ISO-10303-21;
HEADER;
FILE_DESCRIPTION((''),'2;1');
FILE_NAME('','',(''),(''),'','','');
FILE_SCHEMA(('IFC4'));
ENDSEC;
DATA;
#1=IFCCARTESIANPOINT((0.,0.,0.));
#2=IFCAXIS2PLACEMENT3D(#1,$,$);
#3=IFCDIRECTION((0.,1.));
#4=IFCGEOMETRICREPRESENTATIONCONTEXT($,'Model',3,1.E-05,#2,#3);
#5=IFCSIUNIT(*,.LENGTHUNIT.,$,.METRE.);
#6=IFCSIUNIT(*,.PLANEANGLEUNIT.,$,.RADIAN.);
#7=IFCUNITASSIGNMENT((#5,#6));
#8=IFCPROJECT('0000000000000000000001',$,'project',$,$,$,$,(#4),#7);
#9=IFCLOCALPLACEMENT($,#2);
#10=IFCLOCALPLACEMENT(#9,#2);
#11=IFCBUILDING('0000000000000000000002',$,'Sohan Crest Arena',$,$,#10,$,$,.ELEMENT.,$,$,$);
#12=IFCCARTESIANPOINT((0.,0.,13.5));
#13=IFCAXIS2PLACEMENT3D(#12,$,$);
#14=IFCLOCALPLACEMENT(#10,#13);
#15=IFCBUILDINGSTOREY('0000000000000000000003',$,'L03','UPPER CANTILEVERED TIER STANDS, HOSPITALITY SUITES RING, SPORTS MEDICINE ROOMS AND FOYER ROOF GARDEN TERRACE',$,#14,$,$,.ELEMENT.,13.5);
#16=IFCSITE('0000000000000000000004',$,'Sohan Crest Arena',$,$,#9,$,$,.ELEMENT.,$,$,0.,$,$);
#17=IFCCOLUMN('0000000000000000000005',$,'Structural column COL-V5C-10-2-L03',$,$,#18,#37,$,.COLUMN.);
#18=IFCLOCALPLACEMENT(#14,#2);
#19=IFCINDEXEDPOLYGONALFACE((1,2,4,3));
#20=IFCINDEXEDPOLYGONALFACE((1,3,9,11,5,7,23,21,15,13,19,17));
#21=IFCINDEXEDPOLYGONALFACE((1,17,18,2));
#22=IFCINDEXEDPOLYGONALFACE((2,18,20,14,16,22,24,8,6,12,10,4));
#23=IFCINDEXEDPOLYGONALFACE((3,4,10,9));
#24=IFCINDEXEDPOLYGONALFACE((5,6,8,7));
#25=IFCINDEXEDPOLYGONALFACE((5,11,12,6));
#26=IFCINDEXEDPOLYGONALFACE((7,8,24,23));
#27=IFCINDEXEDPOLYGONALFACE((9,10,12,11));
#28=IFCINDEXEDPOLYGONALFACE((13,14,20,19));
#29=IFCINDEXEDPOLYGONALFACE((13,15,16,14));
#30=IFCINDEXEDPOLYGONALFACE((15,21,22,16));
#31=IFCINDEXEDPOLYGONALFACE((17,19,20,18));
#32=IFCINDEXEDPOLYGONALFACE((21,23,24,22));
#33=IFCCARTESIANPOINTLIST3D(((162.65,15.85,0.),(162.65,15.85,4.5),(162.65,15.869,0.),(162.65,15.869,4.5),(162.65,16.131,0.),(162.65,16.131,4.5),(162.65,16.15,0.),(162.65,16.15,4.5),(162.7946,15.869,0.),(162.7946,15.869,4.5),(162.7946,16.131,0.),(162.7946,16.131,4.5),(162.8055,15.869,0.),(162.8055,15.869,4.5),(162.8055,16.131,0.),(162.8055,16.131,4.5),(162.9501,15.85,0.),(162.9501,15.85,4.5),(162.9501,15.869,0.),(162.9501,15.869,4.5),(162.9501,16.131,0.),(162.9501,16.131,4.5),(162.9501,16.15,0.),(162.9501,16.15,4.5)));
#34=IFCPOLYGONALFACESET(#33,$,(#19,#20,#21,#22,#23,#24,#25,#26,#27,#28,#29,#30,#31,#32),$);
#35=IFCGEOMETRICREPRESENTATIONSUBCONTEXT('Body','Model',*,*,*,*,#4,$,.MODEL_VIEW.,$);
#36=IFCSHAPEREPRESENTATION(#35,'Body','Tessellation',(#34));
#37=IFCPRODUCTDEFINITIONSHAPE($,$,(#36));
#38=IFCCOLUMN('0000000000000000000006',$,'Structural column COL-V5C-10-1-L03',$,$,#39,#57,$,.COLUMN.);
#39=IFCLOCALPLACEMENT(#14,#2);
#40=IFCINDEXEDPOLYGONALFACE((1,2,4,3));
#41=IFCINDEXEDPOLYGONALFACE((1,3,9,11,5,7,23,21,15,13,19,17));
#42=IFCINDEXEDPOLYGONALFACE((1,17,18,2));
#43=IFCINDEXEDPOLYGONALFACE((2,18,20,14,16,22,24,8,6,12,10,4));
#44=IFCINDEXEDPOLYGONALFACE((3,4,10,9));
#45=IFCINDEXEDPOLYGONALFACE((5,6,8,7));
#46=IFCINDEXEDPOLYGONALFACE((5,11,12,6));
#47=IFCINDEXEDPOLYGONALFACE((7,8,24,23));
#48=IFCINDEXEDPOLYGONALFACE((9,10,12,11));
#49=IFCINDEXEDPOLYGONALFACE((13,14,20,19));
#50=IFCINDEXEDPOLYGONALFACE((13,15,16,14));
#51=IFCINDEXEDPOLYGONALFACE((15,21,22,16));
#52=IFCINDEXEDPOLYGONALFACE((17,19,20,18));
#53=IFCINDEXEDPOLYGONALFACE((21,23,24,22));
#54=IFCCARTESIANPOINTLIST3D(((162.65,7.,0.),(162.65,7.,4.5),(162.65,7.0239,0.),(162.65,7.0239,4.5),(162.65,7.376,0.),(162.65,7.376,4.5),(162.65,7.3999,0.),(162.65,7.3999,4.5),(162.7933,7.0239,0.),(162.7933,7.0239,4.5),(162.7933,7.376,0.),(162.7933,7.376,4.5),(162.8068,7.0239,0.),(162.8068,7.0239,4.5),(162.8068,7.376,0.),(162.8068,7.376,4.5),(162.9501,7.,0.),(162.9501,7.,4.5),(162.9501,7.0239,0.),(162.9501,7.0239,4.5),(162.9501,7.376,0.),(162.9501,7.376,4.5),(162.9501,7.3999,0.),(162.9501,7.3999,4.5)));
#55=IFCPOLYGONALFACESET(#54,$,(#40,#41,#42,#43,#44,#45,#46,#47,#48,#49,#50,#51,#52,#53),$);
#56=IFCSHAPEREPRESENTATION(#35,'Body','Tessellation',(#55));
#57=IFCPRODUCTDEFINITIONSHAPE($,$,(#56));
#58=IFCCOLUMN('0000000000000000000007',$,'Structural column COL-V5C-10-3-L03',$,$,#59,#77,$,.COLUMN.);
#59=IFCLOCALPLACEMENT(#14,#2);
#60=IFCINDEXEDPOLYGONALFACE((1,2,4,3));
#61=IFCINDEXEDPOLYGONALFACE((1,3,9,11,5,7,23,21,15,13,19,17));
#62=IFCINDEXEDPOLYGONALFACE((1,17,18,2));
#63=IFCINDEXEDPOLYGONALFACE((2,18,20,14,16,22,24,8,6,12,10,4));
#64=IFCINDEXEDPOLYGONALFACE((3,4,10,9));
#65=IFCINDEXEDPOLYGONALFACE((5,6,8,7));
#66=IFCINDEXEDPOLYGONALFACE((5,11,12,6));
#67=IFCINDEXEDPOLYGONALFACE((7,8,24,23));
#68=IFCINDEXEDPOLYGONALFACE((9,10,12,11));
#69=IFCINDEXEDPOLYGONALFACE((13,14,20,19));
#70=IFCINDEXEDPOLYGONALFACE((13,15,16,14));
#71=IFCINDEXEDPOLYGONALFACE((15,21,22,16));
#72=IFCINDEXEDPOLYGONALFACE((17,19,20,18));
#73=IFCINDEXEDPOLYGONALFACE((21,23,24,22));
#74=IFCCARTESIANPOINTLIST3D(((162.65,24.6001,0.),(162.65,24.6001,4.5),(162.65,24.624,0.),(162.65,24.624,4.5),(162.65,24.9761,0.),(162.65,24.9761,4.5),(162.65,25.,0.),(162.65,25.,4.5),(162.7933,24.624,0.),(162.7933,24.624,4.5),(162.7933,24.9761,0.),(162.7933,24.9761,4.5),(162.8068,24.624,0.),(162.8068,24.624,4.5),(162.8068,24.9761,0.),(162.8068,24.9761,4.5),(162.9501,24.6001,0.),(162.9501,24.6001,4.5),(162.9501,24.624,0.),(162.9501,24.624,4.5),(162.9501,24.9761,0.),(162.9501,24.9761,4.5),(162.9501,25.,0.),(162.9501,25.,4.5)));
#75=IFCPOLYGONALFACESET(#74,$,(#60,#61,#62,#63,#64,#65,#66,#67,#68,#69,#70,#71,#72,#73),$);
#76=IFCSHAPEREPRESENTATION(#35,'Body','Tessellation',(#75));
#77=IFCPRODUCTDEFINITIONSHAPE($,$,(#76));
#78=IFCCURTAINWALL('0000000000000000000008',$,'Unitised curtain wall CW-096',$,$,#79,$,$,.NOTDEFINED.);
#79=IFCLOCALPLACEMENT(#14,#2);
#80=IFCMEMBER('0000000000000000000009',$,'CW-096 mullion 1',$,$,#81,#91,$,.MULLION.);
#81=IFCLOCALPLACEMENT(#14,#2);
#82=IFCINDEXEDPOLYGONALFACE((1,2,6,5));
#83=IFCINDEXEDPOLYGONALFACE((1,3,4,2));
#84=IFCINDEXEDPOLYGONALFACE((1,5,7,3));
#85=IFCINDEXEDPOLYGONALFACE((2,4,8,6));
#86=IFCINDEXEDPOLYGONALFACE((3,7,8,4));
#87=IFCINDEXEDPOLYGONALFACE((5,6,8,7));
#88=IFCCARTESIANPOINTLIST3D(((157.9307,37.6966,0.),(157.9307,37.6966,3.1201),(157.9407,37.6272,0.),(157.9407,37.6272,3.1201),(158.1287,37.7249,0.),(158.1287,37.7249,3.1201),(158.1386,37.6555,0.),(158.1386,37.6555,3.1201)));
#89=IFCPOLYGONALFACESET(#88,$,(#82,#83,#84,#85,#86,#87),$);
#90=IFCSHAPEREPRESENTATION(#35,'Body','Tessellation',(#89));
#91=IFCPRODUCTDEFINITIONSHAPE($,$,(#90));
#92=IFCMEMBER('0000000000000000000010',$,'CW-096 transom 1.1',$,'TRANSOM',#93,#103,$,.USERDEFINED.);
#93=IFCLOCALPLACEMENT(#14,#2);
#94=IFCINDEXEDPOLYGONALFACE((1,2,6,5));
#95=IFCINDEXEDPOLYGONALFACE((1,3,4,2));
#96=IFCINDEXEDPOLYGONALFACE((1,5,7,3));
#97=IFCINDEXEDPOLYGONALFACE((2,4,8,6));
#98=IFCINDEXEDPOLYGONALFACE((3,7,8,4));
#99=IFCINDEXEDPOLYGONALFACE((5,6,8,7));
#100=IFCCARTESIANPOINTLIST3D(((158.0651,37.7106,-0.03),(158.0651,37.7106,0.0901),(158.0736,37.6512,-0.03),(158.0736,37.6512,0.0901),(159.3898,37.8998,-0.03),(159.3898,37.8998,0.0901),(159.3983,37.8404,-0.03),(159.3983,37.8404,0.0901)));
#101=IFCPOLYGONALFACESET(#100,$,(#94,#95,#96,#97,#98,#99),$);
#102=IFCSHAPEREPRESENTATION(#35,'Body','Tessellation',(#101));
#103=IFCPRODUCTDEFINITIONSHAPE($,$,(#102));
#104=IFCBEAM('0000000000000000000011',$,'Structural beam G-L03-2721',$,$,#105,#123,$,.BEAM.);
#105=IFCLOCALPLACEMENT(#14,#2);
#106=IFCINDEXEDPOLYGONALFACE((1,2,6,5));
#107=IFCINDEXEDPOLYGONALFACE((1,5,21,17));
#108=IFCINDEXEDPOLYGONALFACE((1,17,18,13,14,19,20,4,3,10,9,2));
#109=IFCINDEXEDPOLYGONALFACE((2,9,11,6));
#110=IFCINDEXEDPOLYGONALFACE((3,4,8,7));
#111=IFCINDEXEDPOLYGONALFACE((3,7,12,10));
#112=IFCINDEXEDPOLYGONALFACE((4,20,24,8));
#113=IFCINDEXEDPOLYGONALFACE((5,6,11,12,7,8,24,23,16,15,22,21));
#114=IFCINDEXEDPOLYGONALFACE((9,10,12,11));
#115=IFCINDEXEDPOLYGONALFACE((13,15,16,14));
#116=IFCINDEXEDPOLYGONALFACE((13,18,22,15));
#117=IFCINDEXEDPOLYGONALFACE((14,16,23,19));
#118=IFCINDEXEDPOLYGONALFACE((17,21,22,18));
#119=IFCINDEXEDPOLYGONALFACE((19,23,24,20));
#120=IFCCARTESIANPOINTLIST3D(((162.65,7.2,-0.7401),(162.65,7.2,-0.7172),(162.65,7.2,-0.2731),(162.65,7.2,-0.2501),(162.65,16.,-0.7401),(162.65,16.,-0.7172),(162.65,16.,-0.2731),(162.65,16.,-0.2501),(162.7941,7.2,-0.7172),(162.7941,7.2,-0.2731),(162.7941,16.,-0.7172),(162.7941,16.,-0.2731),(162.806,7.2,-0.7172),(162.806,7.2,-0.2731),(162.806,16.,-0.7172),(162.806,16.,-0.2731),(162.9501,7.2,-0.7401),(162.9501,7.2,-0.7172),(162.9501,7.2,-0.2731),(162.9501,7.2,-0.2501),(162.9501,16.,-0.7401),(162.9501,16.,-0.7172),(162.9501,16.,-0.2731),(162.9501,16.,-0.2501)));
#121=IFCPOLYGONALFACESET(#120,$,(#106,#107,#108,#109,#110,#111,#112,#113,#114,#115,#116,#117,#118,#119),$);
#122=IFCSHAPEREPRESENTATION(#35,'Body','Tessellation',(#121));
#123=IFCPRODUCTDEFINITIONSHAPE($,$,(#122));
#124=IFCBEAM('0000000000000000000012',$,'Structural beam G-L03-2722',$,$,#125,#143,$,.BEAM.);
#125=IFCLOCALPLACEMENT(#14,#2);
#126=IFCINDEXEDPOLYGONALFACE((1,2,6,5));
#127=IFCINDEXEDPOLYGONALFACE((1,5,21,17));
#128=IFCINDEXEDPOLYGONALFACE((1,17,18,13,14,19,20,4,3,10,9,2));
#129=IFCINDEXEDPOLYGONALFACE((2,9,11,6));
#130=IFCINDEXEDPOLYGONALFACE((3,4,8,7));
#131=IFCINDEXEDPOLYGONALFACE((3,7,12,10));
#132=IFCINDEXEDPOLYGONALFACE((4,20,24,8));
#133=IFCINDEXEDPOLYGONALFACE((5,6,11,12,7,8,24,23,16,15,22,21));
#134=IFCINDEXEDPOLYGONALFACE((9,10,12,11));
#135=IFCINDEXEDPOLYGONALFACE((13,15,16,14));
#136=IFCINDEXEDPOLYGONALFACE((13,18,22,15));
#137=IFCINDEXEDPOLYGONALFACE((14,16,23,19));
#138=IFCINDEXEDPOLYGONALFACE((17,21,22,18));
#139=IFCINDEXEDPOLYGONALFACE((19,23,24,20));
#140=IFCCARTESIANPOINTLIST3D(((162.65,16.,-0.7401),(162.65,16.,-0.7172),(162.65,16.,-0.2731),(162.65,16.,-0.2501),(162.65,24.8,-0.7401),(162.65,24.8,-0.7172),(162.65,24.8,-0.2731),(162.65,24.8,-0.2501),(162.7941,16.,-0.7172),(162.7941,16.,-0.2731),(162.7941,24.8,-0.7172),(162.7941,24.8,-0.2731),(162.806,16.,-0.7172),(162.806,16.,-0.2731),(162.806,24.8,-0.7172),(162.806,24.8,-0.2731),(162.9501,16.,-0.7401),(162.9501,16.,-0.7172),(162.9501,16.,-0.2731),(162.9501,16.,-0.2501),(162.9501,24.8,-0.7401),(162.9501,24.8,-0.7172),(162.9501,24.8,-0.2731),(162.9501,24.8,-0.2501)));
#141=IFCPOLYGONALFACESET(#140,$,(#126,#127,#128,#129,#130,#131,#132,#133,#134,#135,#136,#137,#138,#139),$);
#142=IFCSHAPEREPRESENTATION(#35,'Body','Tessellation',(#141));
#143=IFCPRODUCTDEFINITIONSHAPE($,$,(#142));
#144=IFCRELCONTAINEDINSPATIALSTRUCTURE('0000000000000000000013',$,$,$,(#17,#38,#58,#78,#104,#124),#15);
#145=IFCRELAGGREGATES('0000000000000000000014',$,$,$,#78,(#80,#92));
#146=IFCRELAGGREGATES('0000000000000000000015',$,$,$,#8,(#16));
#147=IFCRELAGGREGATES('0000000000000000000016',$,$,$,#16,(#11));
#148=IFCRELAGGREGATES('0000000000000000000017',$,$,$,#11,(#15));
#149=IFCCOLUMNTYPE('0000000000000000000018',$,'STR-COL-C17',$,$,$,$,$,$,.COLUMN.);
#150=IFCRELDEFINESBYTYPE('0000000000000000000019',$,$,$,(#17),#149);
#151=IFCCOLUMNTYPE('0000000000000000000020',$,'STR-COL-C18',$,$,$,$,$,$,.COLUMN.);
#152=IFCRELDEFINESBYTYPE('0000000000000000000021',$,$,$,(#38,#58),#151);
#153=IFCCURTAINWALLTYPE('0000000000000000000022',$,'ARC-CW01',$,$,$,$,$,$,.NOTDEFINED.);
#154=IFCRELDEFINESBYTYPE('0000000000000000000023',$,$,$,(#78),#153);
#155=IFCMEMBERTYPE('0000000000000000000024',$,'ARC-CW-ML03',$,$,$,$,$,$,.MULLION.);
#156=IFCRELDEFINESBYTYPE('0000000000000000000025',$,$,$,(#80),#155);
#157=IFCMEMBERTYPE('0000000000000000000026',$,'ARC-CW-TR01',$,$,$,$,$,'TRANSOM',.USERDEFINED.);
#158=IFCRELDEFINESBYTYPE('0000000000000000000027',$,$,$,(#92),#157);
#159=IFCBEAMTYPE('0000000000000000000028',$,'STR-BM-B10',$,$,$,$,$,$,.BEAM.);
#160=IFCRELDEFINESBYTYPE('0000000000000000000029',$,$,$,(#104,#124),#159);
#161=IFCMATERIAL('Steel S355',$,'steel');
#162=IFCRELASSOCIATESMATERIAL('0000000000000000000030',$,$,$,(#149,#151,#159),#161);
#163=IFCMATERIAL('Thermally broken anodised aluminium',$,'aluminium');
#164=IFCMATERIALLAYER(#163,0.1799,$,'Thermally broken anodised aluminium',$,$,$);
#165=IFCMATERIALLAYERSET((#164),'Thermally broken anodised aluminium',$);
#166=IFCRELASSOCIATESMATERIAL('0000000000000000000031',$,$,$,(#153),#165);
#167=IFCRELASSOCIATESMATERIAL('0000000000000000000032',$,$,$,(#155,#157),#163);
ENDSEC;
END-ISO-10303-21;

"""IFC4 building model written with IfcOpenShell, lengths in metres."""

from ifc_helpers import new_model, si_unit, direction, frame, origin, origin_2d, place, context, subcontext, project, spatial, rectangle, i_section, extrude, material, layer, layer_set, material_profile, profile_set, type_object, element, aggregate, save


model = new_model("IFC4")

# Units and contexts
model_context = context("Model", 3, precision=1e-05, world=origin(), true_north=direction((0.0, 1.0)))
body_context = subcontext(model_context, "Body", "Model", "MODEL_VIEW")
ifc_project = project(units=[si_unit("LENGTHUNIT", "METRE"), si_unit("PLANEANGLEUNIT", "RADIAN")], contexts=[model_context])

# Site, building, storey
site_placement = place(None, origin())
site = spatial("IfcSite", under=ifc_project, at=site_placement, Name="Sohan Crest Arena", CompositionType="ELEMENT", RefElevation=0.0)
building_placement = place(site_placement, origin())
building = spatial("IfcBuilding", under=site, at=building_placement, Name="Sohan Crest Arena", CompositionType="ELEMENT")
storey_placement = place(building_placement, frame((0.0, 0.0, 13.5)))
storey = spatial("IfcBuildingStorey", under=building, at=storey_placement, Name="L03", Description="UPPER CANTILEVERED TIER STANDS, HOSPITALITY SUITES RING, SPORTS MEDICINE ROOMS AND FOYER ROOF GARDEN TERRACE", CompositionType="ELEMENT", Elevation=13.5)

# Columns
ifc_material_1 = material(Name="Steel S355", Category="steel")
ifc_material_profile_1 = material_profile(ifc_material_1, i_section(OverallWidth=0.3, OverallDepth=0.3, WebThickness=0.011, FlangeThickness=0.019, at=origin_2d()), Name="HEB 300")
ifc_profile_set_1 = profile_set([ifc_material_profile_1], Name="Steel S355")
column_type_1 = type_object("IfcColumnType", Name="STR-COL-C17", PredefinedType="COLUMN", material=ifc_profile_set_1)
column_placement = place(storey_placement, frame((162.8, 16.0, 0.0), z_axis=(0.0, 0.0, 1.0), x_axis=(1.0, 0.0, 0.0)))
element("IfcColumn", 1, at=column_placement, inside=storey, type_object=column_type_1, Name="Structural column COL-V5C-10-2-L03", PredefinedType="COLUMN", context=body_context, shape_type="SweptSolid", body=[
    extrude(i_section(OverallWidth=0.3, OverallDepth=0.3, WebThickness=0.011, FlangeThickness=0.019, at=origin_2d()), origin(), (0.0, 0.0, 1.0), 4.5),
])
ifc_material_profile_2 = material_profile(ifc_material_1, i_section(OverallWidth=0.3, OverallDepth=0.3999, WebThickness=0.0134, FlangeThickness=0.0239, at=origin_2d()), Name="HEB 400")
ifc_profile_set_2 = profile_set([ifc_material_profile_2], Name="Steel S355")
column_type_2 = type_object("IfcColumnType", Name="STR-COL-C18", PredefinedType="COLUMN", material=ifc_profile_set_2)
for number, where, z_axis, x_axis, name in (
    (2, (162.8, 7.2, 0.0), (0.0, 0.0, 1.0), (1.0, 0.0, 0.0), "Structural column COL-V5C-10-1-L03"),
    (3, (162.8, 24.8, 0.0), (0.0, 0.0, 1.0), (1.0, 0.0, 0.0), "Structural column COL-V5C-10-3-L03"),
):
    element("IfcColumn", number, at=place(storey_placement, frame(where, z_axis=z_axis, x_axis=x_axis)), inside=storey, type_object=column_type_2, Name=name, PredefinedType="COLUMN", context=body_context, shape_type="SweptSolid", body=[
        extrude(i_section(OverallWidth=0.3, OverallDepth=0.3999, WebThickness=0.0134, FlangeThickness=0.0239, at=origin_2d()), origin(), (0.0, 0.0, 1.0), 4.5),
    ])

# Curtain wall, members
ifc_material_2 = material(Name="Thermally broken anodised aluminium", Category="aluminium")
ifc_layer_1 = layer(ifc_material_2, 0.1799, Name="Thermally broken anodised aluminium")
ifc_layer_set_1 = layer_set([ifc_layer_1], Name="Thermally broken anodised aluminium")
curtain_wall_type = type_object("IfcCurtainWallType", Name="ARC-CW01", PredefinedType="NOTDEFINED", material=ifc_layer_set_1)
curtain_wall_placement = place(storey_placement, origin())
curtain_wall = element("IfcCurtainWall", 4, at=curtain_wall_placement, inside=storey, type_object=curtain_wall_type, Name="Unitised curtain wall CW-096", PredefinedType="NOTDEFINED")
ifc_material_profile_3 = material_profile(ifc_material_2, rectangle(XDim=0.0701, YDim=0.2, at=origin_2d()), Name="ALU-MULL 70x200")
ifc_profile_set_3 = profile_set([ifc_material_profile_3], Name="Thermally broken anodised aluminium")
member_type_1 = type_object("IfcMemberType", Name="ARC-CW-ML03", PredefinedType="MULLION", material=ifc_profile_set_3)
member_1_placement = place(storey_placement, frame((158.0347, 37.676, 0.0), z_axis=(0.0, 0.0, 1.0), x_axis=(-0.141463, 0.989944, 0.0)))
member_1 = element("IfcMember", 5, at=member_1_placement, type_object=member_type_1, Name="CW-096 mullion 1", PredefinedType="MULLION", context=body_context, shape_type="SweptSolid", body=[
    extrude(rectangle(XDim=0.0701, YDim=0.2, at=origin_2d()), origin(), (0.0, 0.0, 1.0), 3.1201),
])
ifc_material_profile_4 = material_profile(ifc_material_2, rectangle(XDim=0.0601, YDim=0.1201, at=origin_2d()), Name="ALU-TRAN 60x120")
ifc_profile_set_4 = profile_set([ifc_material_profile_4], Name="Thermally broken anodised aluminium")
member_type_2 = type_object("IfcMemberType", Name="ARC-CW-TR01", ElementType="TRANSOM", PredefinedType="USERDEFINED", material=ifc_profile_set_4)
member_2_placement = place(storey_placement, frame((158.0693, 37.6809, 0.03), z_axis=(0.989953, 0.141396, 0.0), x_axis=(-0.141396, 0.989953, 0.0)))
member_2 = element("IfcMember", 6, at=member_2_placement, type_object=member_type_2, Name="CW-096 transom 1.1", ObjectType="TRANSOM", PredefinedType="USERDEFINED", context=body_context, shape_type="SweptSolid", body=[
    extrude(rectangle(XDim=0.0601, YDim=0.1201, at=origin_2d()), origin(), (0.0, 0.0, 1.0), 1.3381),
])
aggregate(curtain_wall, [member_1, member_2])

# Beams
ifc_material_profile_5 = material_profile(ifc_material_1, i_section(OverallWidth=0.3, OverallDepth=0.49, WebThickness=0.012, FlangeThickness=0.0229, at=origin_2d()), Name="HEA 500")
ifc_profile_set_5 = profile_set([ifc_material_profile_5], Name="Steel S355")
beam_type = type_object("IfcBeamType", Name="STR-BM-B10", PredefinedType="BEAM", material=ifc_profile_set_5)
for number, where, z_axis, x_axis, name in (
    (7, (162.8, 7.2, -0.4951), (0.0, 1.0, 0.0), (-1.0, 0.0, 0.0), "Structural beam G-L03-2721"),
    (8, (162.8, 16.0, -0.4951), (0.0, 1.0, 0.0), (-1.0, 0.0, 0.0), "Structural beam G-L03-2722"),
):
    element("IfcBeam", number, at=place(storey_placement, frame(where, z_axis=z_axis, x_axis=x_axis)), inside=storey, type_object=beam_type, Name=name, PredefinedType="BEAM", context=body_context, shape_type="SweptSolid", body=[
        extrude(i_section(OverallWidth=0.3, OverallDepth=0.49, WebThickness=0.012, FlangeThickness=0.0229, at=origin_2d()), origin(), (0.0, 0.0, 1.0), 8.8),
    ])

save(model, "model.ifc")
